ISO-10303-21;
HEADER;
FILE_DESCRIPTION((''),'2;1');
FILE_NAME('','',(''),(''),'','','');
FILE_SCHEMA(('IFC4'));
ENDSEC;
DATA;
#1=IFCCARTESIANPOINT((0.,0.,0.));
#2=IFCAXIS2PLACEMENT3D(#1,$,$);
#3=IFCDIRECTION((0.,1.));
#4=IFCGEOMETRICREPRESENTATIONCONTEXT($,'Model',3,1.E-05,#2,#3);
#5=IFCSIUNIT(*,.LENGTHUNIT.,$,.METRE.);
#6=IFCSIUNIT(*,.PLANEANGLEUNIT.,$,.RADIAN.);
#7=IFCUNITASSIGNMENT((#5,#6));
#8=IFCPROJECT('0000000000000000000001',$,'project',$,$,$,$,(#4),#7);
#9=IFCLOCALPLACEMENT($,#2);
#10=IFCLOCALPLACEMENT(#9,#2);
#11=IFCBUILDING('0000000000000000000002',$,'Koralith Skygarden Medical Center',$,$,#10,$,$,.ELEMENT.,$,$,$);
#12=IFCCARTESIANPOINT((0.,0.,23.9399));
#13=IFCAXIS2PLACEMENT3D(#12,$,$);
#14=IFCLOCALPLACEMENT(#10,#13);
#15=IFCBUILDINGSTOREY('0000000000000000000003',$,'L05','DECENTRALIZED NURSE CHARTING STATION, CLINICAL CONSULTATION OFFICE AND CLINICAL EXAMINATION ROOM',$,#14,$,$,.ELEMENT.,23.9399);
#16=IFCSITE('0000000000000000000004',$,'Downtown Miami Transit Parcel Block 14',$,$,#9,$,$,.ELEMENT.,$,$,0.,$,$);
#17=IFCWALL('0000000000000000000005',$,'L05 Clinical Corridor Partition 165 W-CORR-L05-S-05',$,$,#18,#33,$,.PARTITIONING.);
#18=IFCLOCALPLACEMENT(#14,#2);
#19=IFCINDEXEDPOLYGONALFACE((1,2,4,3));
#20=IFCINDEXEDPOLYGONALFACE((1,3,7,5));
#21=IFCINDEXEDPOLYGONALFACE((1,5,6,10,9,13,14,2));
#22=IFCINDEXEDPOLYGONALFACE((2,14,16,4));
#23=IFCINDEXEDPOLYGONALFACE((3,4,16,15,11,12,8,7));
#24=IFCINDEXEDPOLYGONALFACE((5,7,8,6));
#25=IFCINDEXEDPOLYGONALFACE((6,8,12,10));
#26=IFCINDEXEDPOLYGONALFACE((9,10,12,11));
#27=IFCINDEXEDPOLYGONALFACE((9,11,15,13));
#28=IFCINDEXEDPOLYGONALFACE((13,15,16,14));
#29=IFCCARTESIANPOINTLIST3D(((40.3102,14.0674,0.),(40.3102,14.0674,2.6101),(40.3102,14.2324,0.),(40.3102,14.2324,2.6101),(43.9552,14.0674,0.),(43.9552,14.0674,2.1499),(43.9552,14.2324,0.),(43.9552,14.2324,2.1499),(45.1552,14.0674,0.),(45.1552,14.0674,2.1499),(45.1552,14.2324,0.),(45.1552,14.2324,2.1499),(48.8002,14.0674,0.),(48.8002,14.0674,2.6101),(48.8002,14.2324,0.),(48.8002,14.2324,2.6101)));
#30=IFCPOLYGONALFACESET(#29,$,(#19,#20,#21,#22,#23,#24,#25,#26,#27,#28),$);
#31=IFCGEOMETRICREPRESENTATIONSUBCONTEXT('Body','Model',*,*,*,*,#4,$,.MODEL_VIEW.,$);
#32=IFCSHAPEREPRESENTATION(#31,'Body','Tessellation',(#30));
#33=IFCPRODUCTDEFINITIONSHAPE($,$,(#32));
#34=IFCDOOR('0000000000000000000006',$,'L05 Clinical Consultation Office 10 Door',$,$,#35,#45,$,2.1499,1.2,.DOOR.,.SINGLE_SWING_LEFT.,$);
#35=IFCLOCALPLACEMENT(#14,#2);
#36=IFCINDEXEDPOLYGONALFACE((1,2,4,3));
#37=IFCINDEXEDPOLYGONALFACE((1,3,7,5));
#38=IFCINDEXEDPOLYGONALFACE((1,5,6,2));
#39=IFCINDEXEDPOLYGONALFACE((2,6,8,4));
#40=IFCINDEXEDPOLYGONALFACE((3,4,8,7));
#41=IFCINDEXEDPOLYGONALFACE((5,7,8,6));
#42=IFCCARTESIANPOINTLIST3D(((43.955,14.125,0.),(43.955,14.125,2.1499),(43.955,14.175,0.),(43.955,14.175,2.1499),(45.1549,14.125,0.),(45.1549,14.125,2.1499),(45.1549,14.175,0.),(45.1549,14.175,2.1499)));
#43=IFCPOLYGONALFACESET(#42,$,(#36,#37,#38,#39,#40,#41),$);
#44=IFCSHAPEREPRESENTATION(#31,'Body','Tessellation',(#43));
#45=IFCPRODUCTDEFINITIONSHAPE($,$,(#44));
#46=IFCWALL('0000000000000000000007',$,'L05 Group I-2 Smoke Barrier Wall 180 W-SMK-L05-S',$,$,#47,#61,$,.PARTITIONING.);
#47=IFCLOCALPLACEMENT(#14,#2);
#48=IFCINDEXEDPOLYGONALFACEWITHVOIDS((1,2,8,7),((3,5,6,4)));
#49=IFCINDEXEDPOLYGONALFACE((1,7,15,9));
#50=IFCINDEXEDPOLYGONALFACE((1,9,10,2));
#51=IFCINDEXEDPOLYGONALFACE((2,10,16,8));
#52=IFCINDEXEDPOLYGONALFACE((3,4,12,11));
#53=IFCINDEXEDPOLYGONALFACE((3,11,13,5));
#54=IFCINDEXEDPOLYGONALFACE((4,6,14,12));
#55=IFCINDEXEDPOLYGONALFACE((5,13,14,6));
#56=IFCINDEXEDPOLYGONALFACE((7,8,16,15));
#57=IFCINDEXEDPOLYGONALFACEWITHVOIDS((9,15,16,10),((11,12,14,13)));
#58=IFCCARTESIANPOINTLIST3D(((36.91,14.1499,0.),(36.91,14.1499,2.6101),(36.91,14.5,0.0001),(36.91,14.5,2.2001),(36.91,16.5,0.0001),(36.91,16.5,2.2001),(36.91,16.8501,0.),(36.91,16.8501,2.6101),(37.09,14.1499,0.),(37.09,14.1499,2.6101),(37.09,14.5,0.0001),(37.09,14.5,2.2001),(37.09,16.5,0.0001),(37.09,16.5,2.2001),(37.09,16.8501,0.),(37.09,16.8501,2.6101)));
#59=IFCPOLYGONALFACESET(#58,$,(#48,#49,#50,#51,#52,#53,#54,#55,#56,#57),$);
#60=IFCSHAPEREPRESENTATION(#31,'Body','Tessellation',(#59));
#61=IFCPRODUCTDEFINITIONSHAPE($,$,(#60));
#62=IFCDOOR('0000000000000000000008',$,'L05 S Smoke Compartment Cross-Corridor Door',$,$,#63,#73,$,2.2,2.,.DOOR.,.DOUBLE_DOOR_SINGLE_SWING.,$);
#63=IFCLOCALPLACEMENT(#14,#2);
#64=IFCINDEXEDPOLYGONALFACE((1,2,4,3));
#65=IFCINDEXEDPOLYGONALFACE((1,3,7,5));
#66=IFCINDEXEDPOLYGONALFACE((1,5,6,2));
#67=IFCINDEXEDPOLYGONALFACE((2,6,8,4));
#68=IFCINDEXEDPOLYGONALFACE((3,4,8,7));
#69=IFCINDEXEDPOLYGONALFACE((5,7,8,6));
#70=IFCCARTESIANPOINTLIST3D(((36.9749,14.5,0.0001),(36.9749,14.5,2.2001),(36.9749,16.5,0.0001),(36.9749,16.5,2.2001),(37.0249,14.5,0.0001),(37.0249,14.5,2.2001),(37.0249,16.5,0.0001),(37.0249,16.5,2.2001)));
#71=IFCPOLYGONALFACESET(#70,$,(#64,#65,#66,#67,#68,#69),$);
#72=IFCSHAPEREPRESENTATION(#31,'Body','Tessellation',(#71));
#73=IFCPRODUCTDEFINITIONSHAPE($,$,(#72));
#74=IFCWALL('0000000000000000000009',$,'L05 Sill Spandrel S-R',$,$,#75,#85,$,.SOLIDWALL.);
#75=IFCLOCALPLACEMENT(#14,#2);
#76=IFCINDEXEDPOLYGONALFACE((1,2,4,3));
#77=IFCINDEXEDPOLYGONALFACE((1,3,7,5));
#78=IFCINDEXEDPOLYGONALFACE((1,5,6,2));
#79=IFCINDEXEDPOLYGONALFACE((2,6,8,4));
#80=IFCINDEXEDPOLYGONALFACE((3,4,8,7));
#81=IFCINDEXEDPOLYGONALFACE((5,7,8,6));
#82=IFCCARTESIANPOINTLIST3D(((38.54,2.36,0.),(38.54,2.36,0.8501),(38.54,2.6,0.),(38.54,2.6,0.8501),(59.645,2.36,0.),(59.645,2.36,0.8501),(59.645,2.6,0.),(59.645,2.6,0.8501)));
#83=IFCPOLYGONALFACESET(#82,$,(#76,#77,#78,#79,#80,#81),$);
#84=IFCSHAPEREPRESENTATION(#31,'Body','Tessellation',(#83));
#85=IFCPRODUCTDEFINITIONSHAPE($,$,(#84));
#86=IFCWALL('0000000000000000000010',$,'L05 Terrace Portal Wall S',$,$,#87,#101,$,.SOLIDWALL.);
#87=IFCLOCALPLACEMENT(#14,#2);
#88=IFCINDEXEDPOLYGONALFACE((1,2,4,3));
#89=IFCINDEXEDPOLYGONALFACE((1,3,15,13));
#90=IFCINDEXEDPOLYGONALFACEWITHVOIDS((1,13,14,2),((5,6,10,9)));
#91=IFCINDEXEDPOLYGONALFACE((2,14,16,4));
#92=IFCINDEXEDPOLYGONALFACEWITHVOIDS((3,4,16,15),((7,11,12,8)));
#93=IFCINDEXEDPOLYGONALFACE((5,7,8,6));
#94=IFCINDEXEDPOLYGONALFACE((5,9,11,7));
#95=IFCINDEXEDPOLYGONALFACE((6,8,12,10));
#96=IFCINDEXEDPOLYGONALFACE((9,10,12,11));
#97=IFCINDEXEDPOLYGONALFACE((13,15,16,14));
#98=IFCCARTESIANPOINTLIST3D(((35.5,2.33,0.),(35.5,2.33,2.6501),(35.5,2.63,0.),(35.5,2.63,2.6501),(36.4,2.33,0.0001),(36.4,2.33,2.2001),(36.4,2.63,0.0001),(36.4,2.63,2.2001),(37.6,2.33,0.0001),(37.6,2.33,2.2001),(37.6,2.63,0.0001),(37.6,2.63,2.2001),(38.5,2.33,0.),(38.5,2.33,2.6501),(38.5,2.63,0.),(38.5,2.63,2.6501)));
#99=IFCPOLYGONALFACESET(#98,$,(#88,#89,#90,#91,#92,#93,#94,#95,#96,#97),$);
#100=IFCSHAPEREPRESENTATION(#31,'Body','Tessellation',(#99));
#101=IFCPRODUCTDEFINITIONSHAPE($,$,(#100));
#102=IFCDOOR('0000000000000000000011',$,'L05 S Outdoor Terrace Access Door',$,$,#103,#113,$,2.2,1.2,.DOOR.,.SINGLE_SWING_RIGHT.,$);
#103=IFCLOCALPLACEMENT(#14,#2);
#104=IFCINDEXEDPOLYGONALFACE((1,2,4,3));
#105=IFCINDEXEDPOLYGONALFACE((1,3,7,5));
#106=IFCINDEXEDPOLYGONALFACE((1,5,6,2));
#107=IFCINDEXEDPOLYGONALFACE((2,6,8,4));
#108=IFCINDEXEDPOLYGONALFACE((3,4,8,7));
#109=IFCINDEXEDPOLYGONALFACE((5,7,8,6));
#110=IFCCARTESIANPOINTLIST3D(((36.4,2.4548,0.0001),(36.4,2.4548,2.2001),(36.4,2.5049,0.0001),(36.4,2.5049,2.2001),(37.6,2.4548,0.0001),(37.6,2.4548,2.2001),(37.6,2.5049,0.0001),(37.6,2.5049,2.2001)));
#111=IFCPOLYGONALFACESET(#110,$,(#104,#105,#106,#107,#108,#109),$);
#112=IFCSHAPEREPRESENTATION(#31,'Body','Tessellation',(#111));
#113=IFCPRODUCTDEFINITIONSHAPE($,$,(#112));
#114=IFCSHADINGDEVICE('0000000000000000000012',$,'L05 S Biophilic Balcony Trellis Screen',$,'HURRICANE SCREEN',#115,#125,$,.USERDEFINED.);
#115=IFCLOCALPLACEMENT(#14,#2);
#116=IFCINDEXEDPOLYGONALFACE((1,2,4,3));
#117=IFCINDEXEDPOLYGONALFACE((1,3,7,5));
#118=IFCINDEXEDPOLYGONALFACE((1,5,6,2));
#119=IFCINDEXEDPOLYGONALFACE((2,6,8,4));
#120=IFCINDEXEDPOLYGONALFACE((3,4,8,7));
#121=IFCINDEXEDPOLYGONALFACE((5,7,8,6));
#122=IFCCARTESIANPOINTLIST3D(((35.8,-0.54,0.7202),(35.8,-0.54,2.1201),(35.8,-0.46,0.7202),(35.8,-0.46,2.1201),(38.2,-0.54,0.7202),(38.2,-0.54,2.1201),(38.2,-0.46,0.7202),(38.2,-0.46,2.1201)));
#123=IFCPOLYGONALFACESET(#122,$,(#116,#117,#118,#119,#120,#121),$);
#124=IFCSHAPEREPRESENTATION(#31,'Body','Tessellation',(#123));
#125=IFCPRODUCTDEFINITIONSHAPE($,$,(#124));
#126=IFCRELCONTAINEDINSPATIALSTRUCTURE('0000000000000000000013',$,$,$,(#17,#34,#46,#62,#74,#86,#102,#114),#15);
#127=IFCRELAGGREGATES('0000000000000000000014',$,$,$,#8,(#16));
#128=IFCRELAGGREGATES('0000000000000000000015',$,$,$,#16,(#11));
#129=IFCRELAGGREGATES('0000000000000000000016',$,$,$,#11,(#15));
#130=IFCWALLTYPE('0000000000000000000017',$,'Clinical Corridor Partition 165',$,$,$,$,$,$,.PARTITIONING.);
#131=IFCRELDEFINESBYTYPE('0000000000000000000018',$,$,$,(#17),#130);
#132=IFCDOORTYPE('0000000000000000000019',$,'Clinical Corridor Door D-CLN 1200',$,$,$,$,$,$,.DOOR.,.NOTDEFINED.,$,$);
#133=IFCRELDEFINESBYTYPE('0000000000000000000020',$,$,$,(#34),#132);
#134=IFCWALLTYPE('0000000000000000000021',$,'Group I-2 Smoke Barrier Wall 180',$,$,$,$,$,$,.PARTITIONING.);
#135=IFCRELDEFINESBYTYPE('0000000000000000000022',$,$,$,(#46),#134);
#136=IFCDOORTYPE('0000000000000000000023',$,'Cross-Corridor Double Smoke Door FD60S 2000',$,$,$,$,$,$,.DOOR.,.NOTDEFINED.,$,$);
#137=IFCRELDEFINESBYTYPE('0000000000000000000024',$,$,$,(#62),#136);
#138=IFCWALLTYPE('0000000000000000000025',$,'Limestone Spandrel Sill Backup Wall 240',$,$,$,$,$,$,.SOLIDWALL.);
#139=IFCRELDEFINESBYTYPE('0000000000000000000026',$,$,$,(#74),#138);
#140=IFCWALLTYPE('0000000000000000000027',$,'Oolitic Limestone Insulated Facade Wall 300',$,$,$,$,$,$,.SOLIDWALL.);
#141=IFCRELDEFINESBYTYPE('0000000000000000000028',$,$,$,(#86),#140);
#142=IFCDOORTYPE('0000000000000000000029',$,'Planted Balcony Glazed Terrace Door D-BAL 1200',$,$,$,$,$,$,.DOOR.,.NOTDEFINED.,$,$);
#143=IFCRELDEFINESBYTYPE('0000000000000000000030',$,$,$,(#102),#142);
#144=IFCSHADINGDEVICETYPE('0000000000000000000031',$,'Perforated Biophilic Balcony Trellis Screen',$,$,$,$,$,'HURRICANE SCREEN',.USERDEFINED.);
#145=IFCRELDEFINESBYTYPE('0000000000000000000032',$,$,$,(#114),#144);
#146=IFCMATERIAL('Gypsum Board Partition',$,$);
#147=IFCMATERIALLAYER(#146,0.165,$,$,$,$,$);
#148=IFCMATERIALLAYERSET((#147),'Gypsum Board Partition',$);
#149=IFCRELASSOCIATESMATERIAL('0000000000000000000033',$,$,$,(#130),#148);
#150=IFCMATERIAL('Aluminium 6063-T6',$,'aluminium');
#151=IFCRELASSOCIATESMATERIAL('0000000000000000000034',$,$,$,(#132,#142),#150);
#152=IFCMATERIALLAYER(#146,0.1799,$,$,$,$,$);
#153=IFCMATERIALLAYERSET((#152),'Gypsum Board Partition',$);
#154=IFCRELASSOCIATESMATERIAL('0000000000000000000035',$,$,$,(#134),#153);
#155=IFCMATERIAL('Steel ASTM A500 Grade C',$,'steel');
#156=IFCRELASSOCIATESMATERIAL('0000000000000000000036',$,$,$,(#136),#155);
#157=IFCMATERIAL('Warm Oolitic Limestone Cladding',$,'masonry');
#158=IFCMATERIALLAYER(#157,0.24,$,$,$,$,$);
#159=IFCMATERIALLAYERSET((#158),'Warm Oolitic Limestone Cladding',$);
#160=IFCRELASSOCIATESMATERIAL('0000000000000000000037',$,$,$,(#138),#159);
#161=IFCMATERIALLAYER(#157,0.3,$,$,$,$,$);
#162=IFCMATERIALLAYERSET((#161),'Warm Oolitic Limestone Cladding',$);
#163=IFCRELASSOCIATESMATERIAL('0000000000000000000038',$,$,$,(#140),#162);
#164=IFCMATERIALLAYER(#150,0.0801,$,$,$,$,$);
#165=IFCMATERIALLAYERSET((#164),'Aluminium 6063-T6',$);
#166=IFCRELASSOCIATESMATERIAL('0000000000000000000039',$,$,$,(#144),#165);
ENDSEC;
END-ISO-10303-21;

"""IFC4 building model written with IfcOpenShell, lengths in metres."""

from ifc_helpers import new_model, si_unit, direction, frame, frame_2d, origin, origin_2d, place, context, subcontext, project, spatial, rectangle, extrude, material, layer, layer_set, type_object, element, fill, save


model = new_model("IFC4")

# Units and contexts
model_context = context("Model", 3, precision=1e-05, world=origin(), true_north=direction((0.0, 1.0)))
body_context = subcontext(model_context, "Body", "Model", "MODEL_VIEW")
ifc_project = project(units=[si_unit("LENGTHUNIT", "METRE"), si_unit("PLANEANGLEUNIT", "RADIAN")], contexts=[model_context])

# Site, building, storey
site_placement = place(None, origin())
site = spatial("IfcSite", under=ifc_project, at=site_placement, Name="Downtown Miami Transit Parcel Block 14", CompositionType="ELEMENT", RefElevation=0.0)
building_placement = place(site_placement, origin())
building = spatial("IfcBuilding", under=site, at=building_placement, Name="Koralith Skygarden Medical Center", CompositionType="ELEMENT")
storey_placement = place(building_placement, frame((0.0, 0.0, 23.9399)))
storey = spatial("IfcBuildingStorey", under=building, at=storey_placement, Name="L05", Description="DECENTRALIZED NURSE CHARTING STATION, CLINICAL CONSULTATION OFFICE AND CLINICAL EXAMINATION ROOM", CompositionType="ELEMENT", Elevation=23.9399)

# Shared definitions
ifc_material_1 = material(Name="Aluminium 6063-T6", Category="aluminium")

# Shared definitions
ifc_material_2 = material(Name="Gypsum Board Partition")

# Walls, openings, doors
ifc_layer_1 = layer(ifc_material_2, 0.165)
ifc_layer_set_1 = layer_set([ifc_layer_1], Name="Gypsum Board Partition")
wall_type_1 = type_object("IfcWallType", Name="Clinical Corridor Partition 165", PredefinedType="PARTITIONING", material=ifc_layer_set_1)
wall_1_placement = place(storey_placement, frame((40.3101, 14.1499, 0.0), z_axis=(0.0, 0.0, 1.0), x_axis=(1.0, 0.0, 0.0)))
wall_1 = element("IfcWall", 1, at=wall_1_placement, inside=storey, type_object=wall_type_1, Name="L05 Clinical Corridor Partition 165 W-CORR-L05-S-05", PredefinedType="PARTITIONING", context=body_context, shape_type="SweptSolid", body=[
    extrude(rectangle(XDim=8.49, YDim=0.165, at=frame_2d((4.2451, 0.0))), origin(), (0.0, 0.0, 1.0), 2.6101),
])
opening_1_placement = place(wall_1_placement, frame((3.645, 0.0, 0.0)))
opening_1 = element("IfcOpeningElement", 2, at=opening_1_placement, cuts=wall_1, PredefinedType="OPENING", context=body_context, shape_type="SweptSolid", body=[
    extrude(rectangle(XDim=1.2, YDim=2.1499, at=frame_2d((0.6001, 1.075))), frame((0.0, 0.0925, 0.0), z_axis=(0.0, -1.0, 0.0), x_axis=(1.0, 0.0, 0.0)), (0.0, 0.0, 1.0), 0.1851),
])
door_type_1 = type_object("IfcDoorType", Name="Clinical Corridor Door D-CLN 1200", OperationType="NOTDEFINED", PredefinedType="DOOR", material=ifc_material_1)
door_1_placement = place(opening_1_placement, frame((1.2, 0.0, 0.0), z_axis=(0.0, 0.0, 1.0), x_axis=(-1.0, 0.0, 0.0)))
door_1 = element("IfcDoor", 3, at=door_1_placement, inside=storey, type_object=door_type_1, Name="L05 Clinical Consultation Office 10 Door", OperationType="SINGLE_SWING_LEFT", OverallHeight=2.1499, OverallWidth=1.2, PredefinedType="DOOR", context=body_context, shape_type="SweptSolid", body=[
    extrude(rectangle(XDim=1.2, YDim=2.1499, at=frame_2d((0.6001, 1.075))), frame((0.0, 0.0249, 0.0), z_axis=(0.0, -1.0, 0.0), x_axis=(1.0, 0.0, 0.0)), (0.0, 0.0, 1.0), 0.05),
])
fill(opening_1, door_1)
ifc_layer_2 = layer(ifc_material_2, 0.1799)
ifc_layer_set_2 = layer_set([ifc_layer_2], Name="Gypsum Board Partition")
wall_type_2 = type_object("IfcWallType", Name="Group I-2 Smoke Barrier Wall 180", PredefinedType="PARTITIONING", material=ifc_layer_set_2)
wall_2_placement = place(storey_placement, frame((37.0, 14.1499, 0.0), z_axis=(0.0, 0.0, 1.0), x_axis=(0.0, 1.0, 0.0)))
wall_2 = element("IfcWall", 4, at=wall_2_placement, inside=storey, type_object=wall_type_2, Name="L05 Group I-2 Smoke Barrier Wall 180 W-SMK-L05-S", PredefinedType="PARTITIONING", context=body_context, shape_type="SweptSolid", body=[
    extrude(rectangle(XDim=2.7002, YDim=0.1799, at=frame_2d((1.3501, 0.0))), origin(), (0.0, 0.0, 1.0), 2.6101),
])
opening_2_placement = place(wall_2_placement, frame((0.3501, 0.0, 0.0)))
opening_2 = element("IfcOpeningElement", 5, at=opening_2_placement, cuts=wall_2, PredefinedType="OPENING", context=body_context, shape_type="SweptSolid", body=[
    extrude(rectangle(XDim=2.0, YDim=2.2, at=frame_2d((1.0, 1.1001))), frame((0.0, 0.0999, 0.0), z_axis=(0.0, -1.0, 0.0), x_axis=(1.0, 0.0, 0.0)), (0.0, 0.0, 1.0), 0.2),
])
ifc_material_3 = material(Name="Steel ASTM A500 Grade C", Category="steel")
door_type_2 = type_object("IfcDoorType", Name="Cross-Corridor Double Smoke Door FD60S 2000", OperationType="NOTDEFINED", PredefinedType="DOOR", material=ifc_material_3)
door_2_placement = place(opening_2_placement, frame((2.0, 0.0, 0.0), z_axis=(0.0, 0.0, 1.0), x_axis=(-1.0, 0.0, 0.0)))
door_2 = element("IfcDoor", 6, at=door_2_placement, inside=storey, type_object=door_type_2, Name="L05 S Smoke Compartment Cross-Corridor Door", OperationType="DOUBLE_DOOR_SINGLE_SWING", OverallHeight=2.2, OverallWidth=2.0, PredefinedType="DOOR", context=body_context, shape_type="SweptSolid", body=[
    extrude(rectangle(XDim=2.0, YDim=2.2, at=frame_2d((1.0, 1.1001))), frame((0.0, 0.0249, 0.0), z_axis=(0.0, -1.0, 0.0), x_axis=(1.0, 0.0, 0.0)), (0.0, 0.0, 1.0), 0.05),
])
fill(opening_2, door_2)

# Wall
ifc_material_4 = material(Name="Warm Oolitic Limestone Cladding", Category="masonry")
ifc_layer_3 = layer(ifc_material_4, 0.24)
ifc_layer_set_3 = layer_set([ifc_layer_3], Name="Warm Oolitic Limestone Cladding")
wall_type_3 = type_object("IfcWallType", Name="Limestone Spandrel Sill Backup Wall 240", PredefinedType="SOLIDWALL", material=ifc_layer_set_3)
wall_3_placement = place(storey_placement, frame((38.54, 2.48, 0.0), z_axis=(0.0, 0.0, 1.0), x_axis=(1.0, 0.0, 0.0)))
element("IfcWall", 7, at=wall_3_placement, inside=storey, type_object=wall_type_3, Name="L05 Sill Spandrel S-R", PredefinedType="SOLIDWALL", context=body_context, shape_type="SweptSolid", body=[
    extrude(rectangle(XDim=21.105, YDim=0.24, at=frame_2d((10.5525, 0.0))), origin(), (0.0, 0.0, 1.0), 0.8501),
])

# Wall, opening, door
ifc_layer_4 = layer(ifc_material_4, 0.3)
ifc_layer_set_4 = layer_set([ifc_layer_4], Name="Warm Oolitic Limestone Cladding")
wall_type_4 = type_object("IfcWallType", Name="Oolitic Limestone Insulated Facade Wall 300", PredefinedType="SOLIDWALL", material=ifc_layer_set_4)
wall_4_placement = place(storey_placement, frame((35.5, 2.48, 0.0), z_axis=(0.0, 0.0, 1.0), x_axis=(1.0, 0.0, 0.0)))
wall_4 = element("IfcWall", 8, at=wall_4_placement, inside=storey, type_object=wall_type_4, Name="L05 Terrace Portal Wall S", PredefinedType="SOLIDWALL", context=body_context, shape_type="SweptSolid", body=[
    extrude(rectangle(XDim=3.0, YDim=0.3, at=frame_2d((1.5, 0.0))), origin(), (0.0, 0.0, 1.0), 2.6501),
])
opening_3_placement = place(wall_4_placement, frame((0.8999, 0.0, 0.0)))
opening_3 = element("IfcOpeningElement", 9, at=opening_3_placement, cuts=wall_4, PredefinedType="OPENING", context=body_context, shape_type="SweptSolid", body=[
    extrude(rectangle(XDim=1.2, YDim=2.2, at=frame_2d((0.6001, 1.1001))), frame((0.0, 0.1599, 0.0), z_axis=(0.0, -1.0, 0.0), x_axis=(1.0, 0.0, 0.0)), (0.0, 0.0, 1.0), 0.3201),
])
door_type_3 = type_object("IfcDoorType", Name="Planted Balcony Glazed Terrace Door D-BAL 1200", OperationType="NOTDEFINED", PredefinedType="DOOR", material=ifc_material_1)
door_3_placement = place(opening_3_placement, origin())
door_3 = element("IfcDoor", 10, at=door_3_placement, inside=storey, type_object=door_type_3, Name="L05 S Outdoor Terrace Access Door", OperationType="SINGLE_SWING_RIGHT", OverallHeight=2.2, OverallWidth=1.2, PredefinedType="DOOR", context=body_context, shape_type="SweptSolid", body=[
    extrude(rectangle(XDim=1.2, YDim=2.2, at=frame_2d((0.6001, 1.1001))), frame((0.0, 0.0249, 0.0), z_axis=(0.0, -1.0, 0.0), x_axis=(1.0, 0.0, 0.0)), (0.0, 0.0, 1.0), 0.05),
])
fill(opening_3, door_3)

# Shading device
ifc_layer_5 = layer(ifc_material_1, 0.0801)
ifc_layer_set_5 = layer_set([ifc_layer_5], Name="Aluminium 6063-T6")
shading_device_type = type_object("IfcShadingDeviceType", Name="Perforated Biophilic Balcony Trellis Screen", ElementType="HURRICANE SCREEN", PredefinedType="USERDEFINED", material=ifc_layer_set_5)
shading_device_placement = place(storey_placement, frame((37.0, -0.5, 0.7202), z_axis=(0.0, 0.0, 1.0), x_axis=(1.0, 0.0, 0.0)))
element("IfcShadingDevice", 11, at=shading_device_placement, inside=storey, type_object=shading_device_type, Name="L05 S Biophilic Balcony Trellis Screen", ObjectType="HURRICANE SCREEN", PredefinedType="USERDEFINED", context=body_context, shape_type="SweptSolid", body=[
    extrude(rectangle(XDim=2.3999, YDim=0.0801, at=origin_2d()), origin(), (0.0, 0.0, 1.0), 1.3999),
])

save(model, "model.ifc")
